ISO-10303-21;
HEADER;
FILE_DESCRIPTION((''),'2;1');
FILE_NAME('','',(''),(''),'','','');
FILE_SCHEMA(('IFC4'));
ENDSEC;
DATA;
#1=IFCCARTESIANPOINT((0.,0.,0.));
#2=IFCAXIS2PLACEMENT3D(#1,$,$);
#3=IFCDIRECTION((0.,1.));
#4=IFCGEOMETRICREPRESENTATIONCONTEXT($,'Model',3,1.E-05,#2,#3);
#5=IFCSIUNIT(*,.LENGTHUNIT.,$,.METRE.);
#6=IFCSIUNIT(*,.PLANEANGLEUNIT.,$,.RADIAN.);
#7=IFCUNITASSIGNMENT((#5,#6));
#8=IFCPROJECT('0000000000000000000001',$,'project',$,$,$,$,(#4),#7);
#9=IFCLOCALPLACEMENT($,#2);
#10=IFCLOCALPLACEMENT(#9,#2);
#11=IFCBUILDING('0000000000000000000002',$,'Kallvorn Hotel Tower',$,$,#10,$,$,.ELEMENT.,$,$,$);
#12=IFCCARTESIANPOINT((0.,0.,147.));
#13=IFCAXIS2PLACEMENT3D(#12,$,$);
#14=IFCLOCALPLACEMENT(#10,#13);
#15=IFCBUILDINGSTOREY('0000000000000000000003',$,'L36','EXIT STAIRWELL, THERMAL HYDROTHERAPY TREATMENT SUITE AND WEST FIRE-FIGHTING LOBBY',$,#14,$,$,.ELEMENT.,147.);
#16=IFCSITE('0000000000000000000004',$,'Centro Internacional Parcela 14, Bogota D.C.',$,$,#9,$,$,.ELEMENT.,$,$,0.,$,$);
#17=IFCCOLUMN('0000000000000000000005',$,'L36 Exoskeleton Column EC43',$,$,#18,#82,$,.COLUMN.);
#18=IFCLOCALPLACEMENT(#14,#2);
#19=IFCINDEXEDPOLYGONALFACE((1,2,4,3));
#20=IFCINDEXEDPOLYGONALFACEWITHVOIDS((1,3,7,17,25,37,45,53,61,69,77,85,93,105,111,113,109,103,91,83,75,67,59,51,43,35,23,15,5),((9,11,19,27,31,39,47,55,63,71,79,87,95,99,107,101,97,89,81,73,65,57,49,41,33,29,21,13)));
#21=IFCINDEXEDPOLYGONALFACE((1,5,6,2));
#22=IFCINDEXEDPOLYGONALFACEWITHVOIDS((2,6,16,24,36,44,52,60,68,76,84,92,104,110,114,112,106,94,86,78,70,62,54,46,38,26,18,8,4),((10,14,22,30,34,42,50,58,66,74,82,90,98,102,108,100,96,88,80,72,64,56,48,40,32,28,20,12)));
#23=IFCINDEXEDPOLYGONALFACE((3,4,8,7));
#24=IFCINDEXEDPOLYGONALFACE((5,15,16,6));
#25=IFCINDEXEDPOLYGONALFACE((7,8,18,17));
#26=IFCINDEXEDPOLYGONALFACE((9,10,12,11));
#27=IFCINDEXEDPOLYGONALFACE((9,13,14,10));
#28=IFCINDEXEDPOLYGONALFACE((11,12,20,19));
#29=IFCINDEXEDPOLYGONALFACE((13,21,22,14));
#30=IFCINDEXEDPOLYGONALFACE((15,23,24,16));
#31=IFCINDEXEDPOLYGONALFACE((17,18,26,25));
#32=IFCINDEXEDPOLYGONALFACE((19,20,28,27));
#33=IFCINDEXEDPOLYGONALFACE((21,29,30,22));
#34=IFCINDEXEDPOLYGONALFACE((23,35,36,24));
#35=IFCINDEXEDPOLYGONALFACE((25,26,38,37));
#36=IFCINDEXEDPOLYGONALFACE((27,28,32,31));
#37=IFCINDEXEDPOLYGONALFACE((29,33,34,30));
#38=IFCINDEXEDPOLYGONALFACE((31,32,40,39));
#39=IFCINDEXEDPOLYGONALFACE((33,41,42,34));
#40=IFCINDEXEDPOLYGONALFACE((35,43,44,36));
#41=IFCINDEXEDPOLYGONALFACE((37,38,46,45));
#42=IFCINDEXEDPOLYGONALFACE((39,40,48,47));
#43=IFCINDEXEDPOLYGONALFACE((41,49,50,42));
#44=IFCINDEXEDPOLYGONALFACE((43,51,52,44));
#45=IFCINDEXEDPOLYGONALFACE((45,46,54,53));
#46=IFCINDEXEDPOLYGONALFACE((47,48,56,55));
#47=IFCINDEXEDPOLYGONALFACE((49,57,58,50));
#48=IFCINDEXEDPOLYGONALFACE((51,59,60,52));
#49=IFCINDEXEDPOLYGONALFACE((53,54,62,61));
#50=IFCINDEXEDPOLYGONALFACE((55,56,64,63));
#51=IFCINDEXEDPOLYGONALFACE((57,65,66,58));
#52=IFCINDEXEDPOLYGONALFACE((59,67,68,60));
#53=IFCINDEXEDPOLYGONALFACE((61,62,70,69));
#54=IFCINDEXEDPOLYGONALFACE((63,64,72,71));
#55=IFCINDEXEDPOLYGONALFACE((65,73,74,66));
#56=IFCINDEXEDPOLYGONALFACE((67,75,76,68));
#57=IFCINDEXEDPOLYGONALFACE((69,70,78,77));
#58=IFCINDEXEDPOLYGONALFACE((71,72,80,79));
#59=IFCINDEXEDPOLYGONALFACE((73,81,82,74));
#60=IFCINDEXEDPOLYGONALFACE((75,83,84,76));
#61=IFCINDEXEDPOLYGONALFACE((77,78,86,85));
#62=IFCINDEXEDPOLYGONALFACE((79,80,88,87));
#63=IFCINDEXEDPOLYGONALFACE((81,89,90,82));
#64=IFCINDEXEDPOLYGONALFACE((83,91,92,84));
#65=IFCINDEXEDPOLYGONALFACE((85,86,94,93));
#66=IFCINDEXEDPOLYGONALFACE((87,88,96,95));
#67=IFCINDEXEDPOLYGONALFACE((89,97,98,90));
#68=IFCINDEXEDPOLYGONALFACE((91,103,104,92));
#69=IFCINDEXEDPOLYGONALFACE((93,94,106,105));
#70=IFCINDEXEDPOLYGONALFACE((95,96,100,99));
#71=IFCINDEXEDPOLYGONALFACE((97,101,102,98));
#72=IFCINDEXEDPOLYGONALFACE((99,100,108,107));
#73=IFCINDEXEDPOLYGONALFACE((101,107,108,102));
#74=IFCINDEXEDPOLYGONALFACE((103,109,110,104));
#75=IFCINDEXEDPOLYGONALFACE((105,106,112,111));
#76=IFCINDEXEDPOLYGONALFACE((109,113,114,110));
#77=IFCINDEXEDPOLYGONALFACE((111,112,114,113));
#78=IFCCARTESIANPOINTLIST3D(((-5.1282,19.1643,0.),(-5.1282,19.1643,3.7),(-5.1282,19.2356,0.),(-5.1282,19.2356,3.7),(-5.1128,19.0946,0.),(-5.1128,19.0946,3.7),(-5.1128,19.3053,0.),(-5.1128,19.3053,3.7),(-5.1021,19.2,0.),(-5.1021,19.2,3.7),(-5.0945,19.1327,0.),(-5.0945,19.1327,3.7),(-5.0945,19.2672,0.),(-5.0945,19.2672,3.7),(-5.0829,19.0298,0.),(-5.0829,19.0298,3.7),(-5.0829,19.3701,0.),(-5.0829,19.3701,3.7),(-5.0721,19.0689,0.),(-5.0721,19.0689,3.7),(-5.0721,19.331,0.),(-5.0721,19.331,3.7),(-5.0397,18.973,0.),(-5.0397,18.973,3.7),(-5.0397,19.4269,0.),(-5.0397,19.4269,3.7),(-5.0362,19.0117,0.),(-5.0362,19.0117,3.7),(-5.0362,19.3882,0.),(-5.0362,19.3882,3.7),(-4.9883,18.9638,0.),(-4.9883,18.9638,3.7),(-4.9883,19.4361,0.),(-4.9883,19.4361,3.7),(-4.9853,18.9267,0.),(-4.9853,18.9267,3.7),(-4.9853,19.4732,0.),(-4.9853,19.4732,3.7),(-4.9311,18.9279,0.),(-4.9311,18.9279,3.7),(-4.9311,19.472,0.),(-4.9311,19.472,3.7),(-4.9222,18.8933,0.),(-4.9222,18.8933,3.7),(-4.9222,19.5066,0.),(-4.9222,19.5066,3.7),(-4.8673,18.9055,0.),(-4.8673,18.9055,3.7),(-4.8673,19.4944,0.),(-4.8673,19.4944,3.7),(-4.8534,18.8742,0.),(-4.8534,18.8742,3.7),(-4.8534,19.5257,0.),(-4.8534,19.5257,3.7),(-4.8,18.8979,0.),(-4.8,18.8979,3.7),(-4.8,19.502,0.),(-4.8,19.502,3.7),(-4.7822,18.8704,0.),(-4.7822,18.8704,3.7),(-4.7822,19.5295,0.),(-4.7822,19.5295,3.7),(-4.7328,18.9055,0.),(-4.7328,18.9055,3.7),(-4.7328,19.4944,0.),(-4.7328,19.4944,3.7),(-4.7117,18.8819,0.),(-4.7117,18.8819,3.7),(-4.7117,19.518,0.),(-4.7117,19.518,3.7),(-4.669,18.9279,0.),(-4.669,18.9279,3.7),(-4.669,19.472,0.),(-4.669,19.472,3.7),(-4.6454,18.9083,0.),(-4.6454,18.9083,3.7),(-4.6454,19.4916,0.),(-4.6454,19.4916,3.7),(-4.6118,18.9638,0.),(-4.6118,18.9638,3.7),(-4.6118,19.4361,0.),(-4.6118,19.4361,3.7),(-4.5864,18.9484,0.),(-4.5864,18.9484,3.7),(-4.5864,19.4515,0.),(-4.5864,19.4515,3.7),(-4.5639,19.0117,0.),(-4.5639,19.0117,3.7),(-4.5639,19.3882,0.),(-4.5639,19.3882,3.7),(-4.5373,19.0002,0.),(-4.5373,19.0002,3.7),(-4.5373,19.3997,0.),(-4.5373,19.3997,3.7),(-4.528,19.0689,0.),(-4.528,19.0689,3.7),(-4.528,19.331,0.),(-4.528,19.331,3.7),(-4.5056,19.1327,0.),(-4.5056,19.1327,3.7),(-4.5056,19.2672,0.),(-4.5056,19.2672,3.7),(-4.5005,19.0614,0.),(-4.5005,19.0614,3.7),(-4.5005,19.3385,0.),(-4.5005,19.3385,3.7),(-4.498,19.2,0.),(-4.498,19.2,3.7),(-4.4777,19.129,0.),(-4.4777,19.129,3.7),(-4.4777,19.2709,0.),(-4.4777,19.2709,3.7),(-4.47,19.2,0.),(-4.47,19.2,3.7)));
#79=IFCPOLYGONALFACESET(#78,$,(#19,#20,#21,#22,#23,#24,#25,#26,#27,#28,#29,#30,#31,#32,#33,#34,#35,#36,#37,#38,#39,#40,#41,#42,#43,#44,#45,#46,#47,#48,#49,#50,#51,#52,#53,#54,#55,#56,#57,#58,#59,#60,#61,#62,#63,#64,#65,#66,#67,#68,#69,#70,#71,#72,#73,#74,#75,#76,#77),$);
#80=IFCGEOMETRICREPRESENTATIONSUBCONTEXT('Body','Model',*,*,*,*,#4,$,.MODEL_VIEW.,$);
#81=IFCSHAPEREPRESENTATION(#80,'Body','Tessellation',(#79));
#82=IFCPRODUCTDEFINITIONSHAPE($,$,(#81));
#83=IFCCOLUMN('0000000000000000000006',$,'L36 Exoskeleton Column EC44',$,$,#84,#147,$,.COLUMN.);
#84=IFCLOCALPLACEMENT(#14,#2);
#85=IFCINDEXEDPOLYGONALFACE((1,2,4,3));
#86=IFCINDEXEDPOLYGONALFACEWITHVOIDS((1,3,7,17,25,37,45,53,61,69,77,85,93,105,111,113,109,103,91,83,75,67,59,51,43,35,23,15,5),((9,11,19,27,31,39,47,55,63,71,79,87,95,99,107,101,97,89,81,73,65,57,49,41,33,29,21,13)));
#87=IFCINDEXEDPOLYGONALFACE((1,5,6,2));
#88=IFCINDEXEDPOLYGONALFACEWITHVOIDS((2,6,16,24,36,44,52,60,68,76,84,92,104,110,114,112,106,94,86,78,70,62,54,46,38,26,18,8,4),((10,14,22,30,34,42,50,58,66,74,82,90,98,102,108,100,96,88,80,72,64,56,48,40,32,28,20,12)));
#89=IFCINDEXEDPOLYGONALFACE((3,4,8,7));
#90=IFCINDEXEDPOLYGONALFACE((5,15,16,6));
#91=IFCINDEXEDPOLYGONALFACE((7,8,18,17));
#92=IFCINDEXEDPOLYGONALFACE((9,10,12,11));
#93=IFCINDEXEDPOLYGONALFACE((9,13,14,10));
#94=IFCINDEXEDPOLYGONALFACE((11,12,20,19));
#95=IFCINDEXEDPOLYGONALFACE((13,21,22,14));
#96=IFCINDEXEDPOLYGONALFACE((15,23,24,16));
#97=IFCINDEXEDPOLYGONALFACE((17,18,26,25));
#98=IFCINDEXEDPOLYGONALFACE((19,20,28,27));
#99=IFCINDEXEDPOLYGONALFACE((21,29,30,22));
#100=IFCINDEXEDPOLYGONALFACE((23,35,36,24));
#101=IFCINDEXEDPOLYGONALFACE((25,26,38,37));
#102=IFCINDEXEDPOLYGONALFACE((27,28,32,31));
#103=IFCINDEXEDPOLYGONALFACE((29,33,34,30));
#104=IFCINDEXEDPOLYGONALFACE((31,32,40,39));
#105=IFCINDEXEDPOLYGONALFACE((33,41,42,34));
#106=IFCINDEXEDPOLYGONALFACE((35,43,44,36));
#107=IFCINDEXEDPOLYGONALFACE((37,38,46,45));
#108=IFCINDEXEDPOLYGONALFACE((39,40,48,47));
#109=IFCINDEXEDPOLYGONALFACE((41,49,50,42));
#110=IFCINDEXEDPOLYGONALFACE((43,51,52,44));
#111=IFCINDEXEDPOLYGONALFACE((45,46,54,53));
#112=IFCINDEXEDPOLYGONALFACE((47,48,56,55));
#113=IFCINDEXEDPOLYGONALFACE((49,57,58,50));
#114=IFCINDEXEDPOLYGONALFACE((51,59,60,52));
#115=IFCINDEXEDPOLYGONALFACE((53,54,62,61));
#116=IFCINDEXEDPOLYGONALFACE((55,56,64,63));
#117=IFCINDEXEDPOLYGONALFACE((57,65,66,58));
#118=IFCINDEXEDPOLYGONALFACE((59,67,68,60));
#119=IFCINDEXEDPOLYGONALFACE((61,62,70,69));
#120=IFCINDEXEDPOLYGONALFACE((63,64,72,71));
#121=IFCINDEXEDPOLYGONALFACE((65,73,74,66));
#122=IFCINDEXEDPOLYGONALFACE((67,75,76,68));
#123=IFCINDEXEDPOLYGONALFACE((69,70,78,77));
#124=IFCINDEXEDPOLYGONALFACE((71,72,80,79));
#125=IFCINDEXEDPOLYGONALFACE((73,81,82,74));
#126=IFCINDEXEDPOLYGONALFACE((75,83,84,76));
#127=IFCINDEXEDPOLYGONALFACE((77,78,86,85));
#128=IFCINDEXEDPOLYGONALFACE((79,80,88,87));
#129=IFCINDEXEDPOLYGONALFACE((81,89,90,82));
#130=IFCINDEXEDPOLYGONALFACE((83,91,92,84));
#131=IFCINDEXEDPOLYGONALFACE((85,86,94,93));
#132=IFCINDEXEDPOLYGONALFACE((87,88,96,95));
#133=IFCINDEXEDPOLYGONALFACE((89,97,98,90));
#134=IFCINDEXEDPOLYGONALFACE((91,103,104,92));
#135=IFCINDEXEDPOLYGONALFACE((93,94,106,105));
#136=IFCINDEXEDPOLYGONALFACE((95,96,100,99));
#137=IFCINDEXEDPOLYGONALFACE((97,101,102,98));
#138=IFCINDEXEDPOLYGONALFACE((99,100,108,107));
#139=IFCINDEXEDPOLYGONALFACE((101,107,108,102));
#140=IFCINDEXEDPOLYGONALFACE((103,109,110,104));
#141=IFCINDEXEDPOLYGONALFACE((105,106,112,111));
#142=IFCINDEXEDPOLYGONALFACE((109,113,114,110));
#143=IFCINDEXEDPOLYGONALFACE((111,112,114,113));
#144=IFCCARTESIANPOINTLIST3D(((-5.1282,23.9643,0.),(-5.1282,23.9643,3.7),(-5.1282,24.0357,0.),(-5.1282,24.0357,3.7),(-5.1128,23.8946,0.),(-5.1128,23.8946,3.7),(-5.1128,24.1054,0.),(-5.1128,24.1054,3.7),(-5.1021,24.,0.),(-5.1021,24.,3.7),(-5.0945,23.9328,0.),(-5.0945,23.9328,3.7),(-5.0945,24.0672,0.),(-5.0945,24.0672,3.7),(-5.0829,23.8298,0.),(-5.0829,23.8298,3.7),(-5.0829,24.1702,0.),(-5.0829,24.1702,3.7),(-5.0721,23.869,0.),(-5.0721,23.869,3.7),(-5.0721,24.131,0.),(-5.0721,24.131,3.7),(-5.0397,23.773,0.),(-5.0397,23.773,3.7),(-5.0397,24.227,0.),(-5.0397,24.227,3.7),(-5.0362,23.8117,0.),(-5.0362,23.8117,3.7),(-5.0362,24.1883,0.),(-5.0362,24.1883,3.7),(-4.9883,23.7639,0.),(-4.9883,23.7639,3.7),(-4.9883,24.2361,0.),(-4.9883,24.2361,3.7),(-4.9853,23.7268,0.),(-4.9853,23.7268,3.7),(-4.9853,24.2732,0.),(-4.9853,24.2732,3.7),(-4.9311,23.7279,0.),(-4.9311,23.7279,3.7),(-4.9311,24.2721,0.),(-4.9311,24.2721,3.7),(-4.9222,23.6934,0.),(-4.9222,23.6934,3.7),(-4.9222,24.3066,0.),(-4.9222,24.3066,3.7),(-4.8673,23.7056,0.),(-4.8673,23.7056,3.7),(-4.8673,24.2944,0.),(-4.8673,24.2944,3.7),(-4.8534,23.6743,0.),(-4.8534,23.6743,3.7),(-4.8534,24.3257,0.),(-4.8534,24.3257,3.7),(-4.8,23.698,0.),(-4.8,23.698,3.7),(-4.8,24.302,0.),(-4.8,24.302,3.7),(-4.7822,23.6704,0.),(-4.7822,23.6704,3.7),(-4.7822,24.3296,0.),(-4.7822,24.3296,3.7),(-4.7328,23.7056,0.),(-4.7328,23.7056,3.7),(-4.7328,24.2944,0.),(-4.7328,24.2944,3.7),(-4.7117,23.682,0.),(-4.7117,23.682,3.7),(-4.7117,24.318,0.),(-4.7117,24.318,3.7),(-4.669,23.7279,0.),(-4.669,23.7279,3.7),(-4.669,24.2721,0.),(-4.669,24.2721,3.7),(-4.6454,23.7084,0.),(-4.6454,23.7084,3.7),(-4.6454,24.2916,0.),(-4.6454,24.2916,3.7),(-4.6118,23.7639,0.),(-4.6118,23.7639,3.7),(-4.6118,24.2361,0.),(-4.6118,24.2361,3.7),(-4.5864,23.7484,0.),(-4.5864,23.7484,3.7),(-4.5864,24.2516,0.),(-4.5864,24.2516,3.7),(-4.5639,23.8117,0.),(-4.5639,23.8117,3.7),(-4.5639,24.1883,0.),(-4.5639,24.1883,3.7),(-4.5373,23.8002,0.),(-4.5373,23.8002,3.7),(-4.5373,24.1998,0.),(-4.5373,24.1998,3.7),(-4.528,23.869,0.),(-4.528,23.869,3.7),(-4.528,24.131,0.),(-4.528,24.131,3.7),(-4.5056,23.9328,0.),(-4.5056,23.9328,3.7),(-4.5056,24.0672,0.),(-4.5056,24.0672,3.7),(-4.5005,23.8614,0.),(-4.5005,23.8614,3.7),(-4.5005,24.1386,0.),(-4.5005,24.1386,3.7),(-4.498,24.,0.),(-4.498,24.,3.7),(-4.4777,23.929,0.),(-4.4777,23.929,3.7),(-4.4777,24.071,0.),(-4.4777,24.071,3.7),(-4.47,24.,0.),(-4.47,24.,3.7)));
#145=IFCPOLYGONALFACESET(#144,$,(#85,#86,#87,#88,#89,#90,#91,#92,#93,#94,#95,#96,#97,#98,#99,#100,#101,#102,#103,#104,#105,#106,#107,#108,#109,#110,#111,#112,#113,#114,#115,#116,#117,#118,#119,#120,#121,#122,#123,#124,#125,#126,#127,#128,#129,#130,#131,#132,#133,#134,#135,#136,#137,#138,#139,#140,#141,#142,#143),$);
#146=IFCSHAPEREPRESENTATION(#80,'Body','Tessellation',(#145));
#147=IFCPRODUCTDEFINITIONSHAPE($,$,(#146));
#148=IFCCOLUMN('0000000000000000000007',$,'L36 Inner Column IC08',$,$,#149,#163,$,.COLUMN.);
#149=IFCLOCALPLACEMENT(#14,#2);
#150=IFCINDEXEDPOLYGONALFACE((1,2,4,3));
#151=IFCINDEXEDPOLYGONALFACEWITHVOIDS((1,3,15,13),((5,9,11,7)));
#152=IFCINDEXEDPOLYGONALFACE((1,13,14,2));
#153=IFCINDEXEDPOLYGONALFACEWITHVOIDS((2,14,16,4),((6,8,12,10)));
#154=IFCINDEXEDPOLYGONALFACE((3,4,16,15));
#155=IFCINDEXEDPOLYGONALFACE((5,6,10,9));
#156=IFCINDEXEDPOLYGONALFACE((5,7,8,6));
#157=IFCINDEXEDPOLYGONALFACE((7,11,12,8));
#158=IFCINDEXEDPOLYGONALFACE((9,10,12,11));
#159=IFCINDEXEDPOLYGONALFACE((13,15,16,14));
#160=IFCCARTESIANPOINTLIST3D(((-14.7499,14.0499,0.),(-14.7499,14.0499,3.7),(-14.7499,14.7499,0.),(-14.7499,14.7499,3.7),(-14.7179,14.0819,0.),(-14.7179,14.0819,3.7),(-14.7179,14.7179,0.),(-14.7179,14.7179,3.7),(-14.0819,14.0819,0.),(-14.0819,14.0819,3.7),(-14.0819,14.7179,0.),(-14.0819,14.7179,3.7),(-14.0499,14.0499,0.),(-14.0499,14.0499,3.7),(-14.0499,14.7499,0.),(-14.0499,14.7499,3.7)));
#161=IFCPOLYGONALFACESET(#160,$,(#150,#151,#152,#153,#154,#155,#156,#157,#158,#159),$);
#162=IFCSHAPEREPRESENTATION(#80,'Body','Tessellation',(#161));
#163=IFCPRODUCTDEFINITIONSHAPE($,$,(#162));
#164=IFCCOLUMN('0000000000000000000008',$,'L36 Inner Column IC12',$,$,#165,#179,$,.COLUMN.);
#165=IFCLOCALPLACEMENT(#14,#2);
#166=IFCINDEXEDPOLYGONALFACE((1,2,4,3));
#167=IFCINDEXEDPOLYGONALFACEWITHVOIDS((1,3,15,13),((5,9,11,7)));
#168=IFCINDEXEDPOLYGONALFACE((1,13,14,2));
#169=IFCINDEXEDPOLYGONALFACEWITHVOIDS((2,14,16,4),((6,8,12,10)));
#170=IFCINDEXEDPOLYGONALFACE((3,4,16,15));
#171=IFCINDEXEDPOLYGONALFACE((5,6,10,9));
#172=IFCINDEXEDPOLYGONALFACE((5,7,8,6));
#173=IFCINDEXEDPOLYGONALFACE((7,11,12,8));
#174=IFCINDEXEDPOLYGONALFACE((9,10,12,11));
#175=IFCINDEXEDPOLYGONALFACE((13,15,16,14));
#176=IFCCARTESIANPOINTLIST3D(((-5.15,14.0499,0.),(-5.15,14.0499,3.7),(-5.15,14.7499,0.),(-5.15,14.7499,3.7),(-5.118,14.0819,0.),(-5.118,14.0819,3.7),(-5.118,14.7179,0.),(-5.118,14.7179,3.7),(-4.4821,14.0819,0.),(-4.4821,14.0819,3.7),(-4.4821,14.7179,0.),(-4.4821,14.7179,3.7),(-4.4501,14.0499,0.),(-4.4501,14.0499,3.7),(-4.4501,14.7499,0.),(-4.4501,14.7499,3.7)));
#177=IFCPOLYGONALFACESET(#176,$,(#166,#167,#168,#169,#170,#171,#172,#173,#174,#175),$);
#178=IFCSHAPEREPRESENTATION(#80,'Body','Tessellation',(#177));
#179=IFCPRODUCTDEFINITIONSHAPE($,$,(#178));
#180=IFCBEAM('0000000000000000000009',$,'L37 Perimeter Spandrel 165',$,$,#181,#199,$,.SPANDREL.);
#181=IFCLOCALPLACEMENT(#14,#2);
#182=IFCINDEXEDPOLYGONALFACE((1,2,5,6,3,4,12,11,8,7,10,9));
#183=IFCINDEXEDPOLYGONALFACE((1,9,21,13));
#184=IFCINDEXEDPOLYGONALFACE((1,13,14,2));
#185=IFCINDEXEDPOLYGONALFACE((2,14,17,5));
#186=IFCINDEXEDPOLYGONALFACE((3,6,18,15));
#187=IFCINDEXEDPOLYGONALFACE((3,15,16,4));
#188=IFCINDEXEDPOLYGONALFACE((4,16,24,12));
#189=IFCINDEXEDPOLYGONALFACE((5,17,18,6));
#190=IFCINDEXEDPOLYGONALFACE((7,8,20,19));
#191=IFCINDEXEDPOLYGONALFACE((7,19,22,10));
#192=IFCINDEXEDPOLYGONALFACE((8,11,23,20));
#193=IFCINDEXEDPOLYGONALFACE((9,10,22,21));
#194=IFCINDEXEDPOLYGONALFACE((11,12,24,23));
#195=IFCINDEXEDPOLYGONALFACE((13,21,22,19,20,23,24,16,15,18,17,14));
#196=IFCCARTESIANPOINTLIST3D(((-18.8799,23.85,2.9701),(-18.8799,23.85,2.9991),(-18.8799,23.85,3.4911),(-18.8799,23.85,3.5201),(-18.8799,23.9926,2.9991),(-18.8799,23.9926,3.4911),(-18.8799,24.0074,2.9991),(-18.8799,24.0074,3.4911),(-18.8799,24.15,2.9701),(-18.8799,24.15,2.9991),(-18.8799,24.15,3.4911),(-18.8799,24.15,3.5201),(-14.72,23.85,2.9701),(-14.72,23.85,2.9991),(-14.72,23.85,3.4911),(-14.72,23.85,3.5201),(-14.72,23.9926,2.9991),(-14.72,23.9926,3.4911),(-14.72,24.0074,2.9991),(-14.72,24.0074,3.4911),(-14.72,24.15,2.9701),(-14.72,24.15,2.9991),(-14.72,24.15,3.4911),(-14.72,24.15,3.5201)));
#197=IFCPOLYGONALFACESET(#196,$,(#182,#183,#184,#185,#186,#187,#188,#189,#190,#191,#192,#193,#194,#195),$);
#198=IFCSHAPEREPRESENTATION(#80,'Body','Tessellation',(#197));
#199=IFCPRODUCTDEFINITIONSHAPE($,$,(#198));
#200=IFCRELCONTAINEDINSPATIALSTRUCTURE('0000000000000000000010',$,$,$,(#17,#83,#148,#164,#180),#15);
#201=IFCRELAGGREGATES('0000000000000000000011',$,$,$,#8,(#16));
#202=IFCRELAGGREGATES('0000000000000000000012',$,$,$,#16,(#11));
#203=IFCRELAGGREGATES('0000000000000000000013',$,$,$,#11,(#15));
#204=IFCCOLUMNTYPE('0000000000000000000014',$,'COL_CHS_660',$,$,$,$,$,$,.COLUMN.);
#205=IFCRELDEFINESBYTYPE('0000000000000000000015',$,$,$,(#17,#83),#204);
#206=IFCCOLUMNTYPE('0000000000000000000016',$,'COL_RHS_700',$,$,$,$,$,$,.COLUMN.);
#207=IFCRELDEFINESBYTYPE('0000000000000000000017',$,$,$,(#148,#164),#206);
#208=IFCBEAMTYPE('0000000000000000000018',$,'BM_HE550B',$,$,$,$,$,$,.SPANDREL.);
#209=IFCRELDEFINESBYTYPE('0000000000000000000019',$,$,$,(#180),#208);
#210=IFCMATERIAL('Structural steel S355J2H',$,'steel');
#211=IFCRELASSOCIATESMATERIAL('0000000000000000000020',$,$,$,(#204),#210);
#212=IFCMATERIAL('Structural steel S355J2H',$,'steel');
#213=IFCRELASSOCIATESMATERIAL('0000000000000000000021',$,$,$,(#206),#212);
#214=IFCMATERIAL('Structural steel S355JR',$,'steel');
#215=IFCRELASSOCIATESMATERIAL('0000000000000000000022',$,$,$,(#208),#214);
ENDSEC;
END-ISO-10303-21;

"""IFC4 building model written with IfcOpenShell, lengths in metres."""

from ifc_helpers import new_model, si_unit, direction, frame, origin, origin_2d, place, context, subcontext, project, spatial, hollow_rectangle, hollow_circle, i_section, extrude, material, material_profile, profile_set, type_object, element, save


model = new_model("IFC4")

# Units and contexts
model_context = context("Model", 3, precision=1e-05, world=origin(), true_north=direction((0.0, 1.0)))
body_context = subcontext(model_context, "Body", "Model", "MODEL_VIEW")
ifc_project = project(units=[si_unit("LENGTHUNIT", "METRE"), si_unit("PLANEANGLEUNIT", "RADIAN")], contexts=[model_context])

# Site, building, storey
site_placement = place(None, origin())
site = spatial("IfcSite", under=ifc_project, at=site_placement, Name="Centro Internacional Parcela 14, Bogota D.C.", CompositionType="ELEMENT", RefElevation=0.0)
building_placement = place(site_placement, origin())
building = spatial("IfcBuilding", under=site, at=building_placement, Name="Kallvorn Hotel Tower", CompositionType="ELEMENT")
storey_placement = place(building_placement, frame((0.0, 0.0, 147.0)))
storey = spatial("IfcBuildingStorey", under=building, at=storey_placement, Name="L36", Description="EXIT STAIRWELL, THERMAL HYDROTHERAPY TREATMENT SUITE AND WEST FIRE-FIGHTING LOBBY", CompositionType="ELEMENT", Elevation=147.0)

# Columns
ifc_material_1 = material(Name="Structural steel S355J2H", Category="steel")
ifc_material_profile_1 = material_profile(ifc_material_1, hollow_circle(Radius=0.3301, WallThickness=0.0281, at=origin_2d()), Name="CHS 660x28")
ifc_profile_set_1 = profile_set([ifc_material_profile_1], Name="Structural steel S355J2H")
column_type_1 = type_object("IfcColumnType", Name="COL_CHS_660", PredefinedType="COLUMN", material=ifc_profile_set_1)
for number, where, z_axis, x_axis, name in (
    (1, (-4.8, 19.2, 0.0), (0.0, 0.0, 1.0), (1.0, 0.0, 0.0), "L36 Exoskeleton Column EC43"),
    (2, (-4.8, 24.0, 0.0), (0.0, 0.0, 1.0), (1.0, 0.0, 0.0), "L36 Exoskeleton Column EC44"),
):
    element("IfcColumn", number, at=place(storey_placement, frame(where, z_axis=z_axis, x_axis=x_axis)), inside=storey, type_object=column_type_1, Name=name, PredefinedType="COLUMN", context=body_context, shape_type="SweptSolid", body=[
        extrude(hollow_circle(Radius=0.3301, WallThickness=0.0281, at=origin_2d()), origin(), (0.0, 0.0, 1.0), 3.7),
    ])
ifc_material_2 = material(Name="Structural steel S355J2H", Category="steel")
ifc_material_profile_2 = material_profile(ifc_material_2, hollow_rectangle(XDim=0.7, YDim=0.7, WallThickness=0.032, at=origin_2d()), Name="RHS 700x700x32")
ifc_profile_set_2 = profile_set([ifc_material_profile_2], Name="Structural steel S355J2H")
column_type_2 = type_object("IfcColumnType", Name="COL_RHS_700", PredefinedType="COLUMN", material=ifc_profile_set_2)
for number, where, z_axis, x_axis, name in (
    (3, (-14.3999, 14.3999, 0.0), (0.0, 0.0, 1.0), (1.0, 0.0, 0.0), "L36 Inner Column IC08"),
    (4, (-4.8, 14.3999, 0.0), (0.0, 0.0, 1.0), (1.0, 0.0, 0.0), "L36 Inner Column IC12"),
):
    element("IfcColumn", number, at=place(storey_placement, frame(where, z_axis=z_axis, x_axis=x_axis)), inside=storey, type_object=column_type_2, Name=name, PredefinedType="COLUMN", context=body_context, shape_type="SweptSolid", body=[
        extrude(hollow_rectangle(XDim=0.7, YDim=0.7, WallThickness=0.032, at=origin_2d()), origin(), (0.0, 0.0, 1.0), 3.7),
    ])

# Beam
ifc_material_3 = material(Name="Structural steel S355JR", Category="steel")
ifc_material_profile_3 = material_profile(ifc_material_3, i_section(OverallWidth=0.3, OverallDepth=0.55, WebThickness=0.0149, FlangeThickness=0.0291, at=origin_2d()), Name="HE 550 B")
ifc_profile_set_3 = profile_set([ifc_material_profile_3], Name="Structural steel S355JR")
beam_type_1 = type_object("IfcBeamType", Name="BM_HE550B", PredefinedType="SPANDREL", material=ifc_profile_set_3)
beam_1_placement = place(storey_placement, frame((-18.8799, 24.0, 3.2451), z_axis=(1.0, 0.0, 0.0), x_axis=(0.0, 1.0, 0.0)))
element("IfcBeam", 5, at=beam_1_placement, inside=storey, type_object=beam_type_1, Name="L37 Perimeter Spandrel 165", PredefinedType="SPANDREL", context=body_context, shape_type="SweptSolid", body=[
    extrude(i_section(OverallWidth=0.3, OverallDepth=0.55, WebThickness=0.0149, FlangeThickness=0.0291, at=origin_2d()), origin(), (0.0, 0.0, 1.0), 4.1599),
])

save(model, "model.ifc")
